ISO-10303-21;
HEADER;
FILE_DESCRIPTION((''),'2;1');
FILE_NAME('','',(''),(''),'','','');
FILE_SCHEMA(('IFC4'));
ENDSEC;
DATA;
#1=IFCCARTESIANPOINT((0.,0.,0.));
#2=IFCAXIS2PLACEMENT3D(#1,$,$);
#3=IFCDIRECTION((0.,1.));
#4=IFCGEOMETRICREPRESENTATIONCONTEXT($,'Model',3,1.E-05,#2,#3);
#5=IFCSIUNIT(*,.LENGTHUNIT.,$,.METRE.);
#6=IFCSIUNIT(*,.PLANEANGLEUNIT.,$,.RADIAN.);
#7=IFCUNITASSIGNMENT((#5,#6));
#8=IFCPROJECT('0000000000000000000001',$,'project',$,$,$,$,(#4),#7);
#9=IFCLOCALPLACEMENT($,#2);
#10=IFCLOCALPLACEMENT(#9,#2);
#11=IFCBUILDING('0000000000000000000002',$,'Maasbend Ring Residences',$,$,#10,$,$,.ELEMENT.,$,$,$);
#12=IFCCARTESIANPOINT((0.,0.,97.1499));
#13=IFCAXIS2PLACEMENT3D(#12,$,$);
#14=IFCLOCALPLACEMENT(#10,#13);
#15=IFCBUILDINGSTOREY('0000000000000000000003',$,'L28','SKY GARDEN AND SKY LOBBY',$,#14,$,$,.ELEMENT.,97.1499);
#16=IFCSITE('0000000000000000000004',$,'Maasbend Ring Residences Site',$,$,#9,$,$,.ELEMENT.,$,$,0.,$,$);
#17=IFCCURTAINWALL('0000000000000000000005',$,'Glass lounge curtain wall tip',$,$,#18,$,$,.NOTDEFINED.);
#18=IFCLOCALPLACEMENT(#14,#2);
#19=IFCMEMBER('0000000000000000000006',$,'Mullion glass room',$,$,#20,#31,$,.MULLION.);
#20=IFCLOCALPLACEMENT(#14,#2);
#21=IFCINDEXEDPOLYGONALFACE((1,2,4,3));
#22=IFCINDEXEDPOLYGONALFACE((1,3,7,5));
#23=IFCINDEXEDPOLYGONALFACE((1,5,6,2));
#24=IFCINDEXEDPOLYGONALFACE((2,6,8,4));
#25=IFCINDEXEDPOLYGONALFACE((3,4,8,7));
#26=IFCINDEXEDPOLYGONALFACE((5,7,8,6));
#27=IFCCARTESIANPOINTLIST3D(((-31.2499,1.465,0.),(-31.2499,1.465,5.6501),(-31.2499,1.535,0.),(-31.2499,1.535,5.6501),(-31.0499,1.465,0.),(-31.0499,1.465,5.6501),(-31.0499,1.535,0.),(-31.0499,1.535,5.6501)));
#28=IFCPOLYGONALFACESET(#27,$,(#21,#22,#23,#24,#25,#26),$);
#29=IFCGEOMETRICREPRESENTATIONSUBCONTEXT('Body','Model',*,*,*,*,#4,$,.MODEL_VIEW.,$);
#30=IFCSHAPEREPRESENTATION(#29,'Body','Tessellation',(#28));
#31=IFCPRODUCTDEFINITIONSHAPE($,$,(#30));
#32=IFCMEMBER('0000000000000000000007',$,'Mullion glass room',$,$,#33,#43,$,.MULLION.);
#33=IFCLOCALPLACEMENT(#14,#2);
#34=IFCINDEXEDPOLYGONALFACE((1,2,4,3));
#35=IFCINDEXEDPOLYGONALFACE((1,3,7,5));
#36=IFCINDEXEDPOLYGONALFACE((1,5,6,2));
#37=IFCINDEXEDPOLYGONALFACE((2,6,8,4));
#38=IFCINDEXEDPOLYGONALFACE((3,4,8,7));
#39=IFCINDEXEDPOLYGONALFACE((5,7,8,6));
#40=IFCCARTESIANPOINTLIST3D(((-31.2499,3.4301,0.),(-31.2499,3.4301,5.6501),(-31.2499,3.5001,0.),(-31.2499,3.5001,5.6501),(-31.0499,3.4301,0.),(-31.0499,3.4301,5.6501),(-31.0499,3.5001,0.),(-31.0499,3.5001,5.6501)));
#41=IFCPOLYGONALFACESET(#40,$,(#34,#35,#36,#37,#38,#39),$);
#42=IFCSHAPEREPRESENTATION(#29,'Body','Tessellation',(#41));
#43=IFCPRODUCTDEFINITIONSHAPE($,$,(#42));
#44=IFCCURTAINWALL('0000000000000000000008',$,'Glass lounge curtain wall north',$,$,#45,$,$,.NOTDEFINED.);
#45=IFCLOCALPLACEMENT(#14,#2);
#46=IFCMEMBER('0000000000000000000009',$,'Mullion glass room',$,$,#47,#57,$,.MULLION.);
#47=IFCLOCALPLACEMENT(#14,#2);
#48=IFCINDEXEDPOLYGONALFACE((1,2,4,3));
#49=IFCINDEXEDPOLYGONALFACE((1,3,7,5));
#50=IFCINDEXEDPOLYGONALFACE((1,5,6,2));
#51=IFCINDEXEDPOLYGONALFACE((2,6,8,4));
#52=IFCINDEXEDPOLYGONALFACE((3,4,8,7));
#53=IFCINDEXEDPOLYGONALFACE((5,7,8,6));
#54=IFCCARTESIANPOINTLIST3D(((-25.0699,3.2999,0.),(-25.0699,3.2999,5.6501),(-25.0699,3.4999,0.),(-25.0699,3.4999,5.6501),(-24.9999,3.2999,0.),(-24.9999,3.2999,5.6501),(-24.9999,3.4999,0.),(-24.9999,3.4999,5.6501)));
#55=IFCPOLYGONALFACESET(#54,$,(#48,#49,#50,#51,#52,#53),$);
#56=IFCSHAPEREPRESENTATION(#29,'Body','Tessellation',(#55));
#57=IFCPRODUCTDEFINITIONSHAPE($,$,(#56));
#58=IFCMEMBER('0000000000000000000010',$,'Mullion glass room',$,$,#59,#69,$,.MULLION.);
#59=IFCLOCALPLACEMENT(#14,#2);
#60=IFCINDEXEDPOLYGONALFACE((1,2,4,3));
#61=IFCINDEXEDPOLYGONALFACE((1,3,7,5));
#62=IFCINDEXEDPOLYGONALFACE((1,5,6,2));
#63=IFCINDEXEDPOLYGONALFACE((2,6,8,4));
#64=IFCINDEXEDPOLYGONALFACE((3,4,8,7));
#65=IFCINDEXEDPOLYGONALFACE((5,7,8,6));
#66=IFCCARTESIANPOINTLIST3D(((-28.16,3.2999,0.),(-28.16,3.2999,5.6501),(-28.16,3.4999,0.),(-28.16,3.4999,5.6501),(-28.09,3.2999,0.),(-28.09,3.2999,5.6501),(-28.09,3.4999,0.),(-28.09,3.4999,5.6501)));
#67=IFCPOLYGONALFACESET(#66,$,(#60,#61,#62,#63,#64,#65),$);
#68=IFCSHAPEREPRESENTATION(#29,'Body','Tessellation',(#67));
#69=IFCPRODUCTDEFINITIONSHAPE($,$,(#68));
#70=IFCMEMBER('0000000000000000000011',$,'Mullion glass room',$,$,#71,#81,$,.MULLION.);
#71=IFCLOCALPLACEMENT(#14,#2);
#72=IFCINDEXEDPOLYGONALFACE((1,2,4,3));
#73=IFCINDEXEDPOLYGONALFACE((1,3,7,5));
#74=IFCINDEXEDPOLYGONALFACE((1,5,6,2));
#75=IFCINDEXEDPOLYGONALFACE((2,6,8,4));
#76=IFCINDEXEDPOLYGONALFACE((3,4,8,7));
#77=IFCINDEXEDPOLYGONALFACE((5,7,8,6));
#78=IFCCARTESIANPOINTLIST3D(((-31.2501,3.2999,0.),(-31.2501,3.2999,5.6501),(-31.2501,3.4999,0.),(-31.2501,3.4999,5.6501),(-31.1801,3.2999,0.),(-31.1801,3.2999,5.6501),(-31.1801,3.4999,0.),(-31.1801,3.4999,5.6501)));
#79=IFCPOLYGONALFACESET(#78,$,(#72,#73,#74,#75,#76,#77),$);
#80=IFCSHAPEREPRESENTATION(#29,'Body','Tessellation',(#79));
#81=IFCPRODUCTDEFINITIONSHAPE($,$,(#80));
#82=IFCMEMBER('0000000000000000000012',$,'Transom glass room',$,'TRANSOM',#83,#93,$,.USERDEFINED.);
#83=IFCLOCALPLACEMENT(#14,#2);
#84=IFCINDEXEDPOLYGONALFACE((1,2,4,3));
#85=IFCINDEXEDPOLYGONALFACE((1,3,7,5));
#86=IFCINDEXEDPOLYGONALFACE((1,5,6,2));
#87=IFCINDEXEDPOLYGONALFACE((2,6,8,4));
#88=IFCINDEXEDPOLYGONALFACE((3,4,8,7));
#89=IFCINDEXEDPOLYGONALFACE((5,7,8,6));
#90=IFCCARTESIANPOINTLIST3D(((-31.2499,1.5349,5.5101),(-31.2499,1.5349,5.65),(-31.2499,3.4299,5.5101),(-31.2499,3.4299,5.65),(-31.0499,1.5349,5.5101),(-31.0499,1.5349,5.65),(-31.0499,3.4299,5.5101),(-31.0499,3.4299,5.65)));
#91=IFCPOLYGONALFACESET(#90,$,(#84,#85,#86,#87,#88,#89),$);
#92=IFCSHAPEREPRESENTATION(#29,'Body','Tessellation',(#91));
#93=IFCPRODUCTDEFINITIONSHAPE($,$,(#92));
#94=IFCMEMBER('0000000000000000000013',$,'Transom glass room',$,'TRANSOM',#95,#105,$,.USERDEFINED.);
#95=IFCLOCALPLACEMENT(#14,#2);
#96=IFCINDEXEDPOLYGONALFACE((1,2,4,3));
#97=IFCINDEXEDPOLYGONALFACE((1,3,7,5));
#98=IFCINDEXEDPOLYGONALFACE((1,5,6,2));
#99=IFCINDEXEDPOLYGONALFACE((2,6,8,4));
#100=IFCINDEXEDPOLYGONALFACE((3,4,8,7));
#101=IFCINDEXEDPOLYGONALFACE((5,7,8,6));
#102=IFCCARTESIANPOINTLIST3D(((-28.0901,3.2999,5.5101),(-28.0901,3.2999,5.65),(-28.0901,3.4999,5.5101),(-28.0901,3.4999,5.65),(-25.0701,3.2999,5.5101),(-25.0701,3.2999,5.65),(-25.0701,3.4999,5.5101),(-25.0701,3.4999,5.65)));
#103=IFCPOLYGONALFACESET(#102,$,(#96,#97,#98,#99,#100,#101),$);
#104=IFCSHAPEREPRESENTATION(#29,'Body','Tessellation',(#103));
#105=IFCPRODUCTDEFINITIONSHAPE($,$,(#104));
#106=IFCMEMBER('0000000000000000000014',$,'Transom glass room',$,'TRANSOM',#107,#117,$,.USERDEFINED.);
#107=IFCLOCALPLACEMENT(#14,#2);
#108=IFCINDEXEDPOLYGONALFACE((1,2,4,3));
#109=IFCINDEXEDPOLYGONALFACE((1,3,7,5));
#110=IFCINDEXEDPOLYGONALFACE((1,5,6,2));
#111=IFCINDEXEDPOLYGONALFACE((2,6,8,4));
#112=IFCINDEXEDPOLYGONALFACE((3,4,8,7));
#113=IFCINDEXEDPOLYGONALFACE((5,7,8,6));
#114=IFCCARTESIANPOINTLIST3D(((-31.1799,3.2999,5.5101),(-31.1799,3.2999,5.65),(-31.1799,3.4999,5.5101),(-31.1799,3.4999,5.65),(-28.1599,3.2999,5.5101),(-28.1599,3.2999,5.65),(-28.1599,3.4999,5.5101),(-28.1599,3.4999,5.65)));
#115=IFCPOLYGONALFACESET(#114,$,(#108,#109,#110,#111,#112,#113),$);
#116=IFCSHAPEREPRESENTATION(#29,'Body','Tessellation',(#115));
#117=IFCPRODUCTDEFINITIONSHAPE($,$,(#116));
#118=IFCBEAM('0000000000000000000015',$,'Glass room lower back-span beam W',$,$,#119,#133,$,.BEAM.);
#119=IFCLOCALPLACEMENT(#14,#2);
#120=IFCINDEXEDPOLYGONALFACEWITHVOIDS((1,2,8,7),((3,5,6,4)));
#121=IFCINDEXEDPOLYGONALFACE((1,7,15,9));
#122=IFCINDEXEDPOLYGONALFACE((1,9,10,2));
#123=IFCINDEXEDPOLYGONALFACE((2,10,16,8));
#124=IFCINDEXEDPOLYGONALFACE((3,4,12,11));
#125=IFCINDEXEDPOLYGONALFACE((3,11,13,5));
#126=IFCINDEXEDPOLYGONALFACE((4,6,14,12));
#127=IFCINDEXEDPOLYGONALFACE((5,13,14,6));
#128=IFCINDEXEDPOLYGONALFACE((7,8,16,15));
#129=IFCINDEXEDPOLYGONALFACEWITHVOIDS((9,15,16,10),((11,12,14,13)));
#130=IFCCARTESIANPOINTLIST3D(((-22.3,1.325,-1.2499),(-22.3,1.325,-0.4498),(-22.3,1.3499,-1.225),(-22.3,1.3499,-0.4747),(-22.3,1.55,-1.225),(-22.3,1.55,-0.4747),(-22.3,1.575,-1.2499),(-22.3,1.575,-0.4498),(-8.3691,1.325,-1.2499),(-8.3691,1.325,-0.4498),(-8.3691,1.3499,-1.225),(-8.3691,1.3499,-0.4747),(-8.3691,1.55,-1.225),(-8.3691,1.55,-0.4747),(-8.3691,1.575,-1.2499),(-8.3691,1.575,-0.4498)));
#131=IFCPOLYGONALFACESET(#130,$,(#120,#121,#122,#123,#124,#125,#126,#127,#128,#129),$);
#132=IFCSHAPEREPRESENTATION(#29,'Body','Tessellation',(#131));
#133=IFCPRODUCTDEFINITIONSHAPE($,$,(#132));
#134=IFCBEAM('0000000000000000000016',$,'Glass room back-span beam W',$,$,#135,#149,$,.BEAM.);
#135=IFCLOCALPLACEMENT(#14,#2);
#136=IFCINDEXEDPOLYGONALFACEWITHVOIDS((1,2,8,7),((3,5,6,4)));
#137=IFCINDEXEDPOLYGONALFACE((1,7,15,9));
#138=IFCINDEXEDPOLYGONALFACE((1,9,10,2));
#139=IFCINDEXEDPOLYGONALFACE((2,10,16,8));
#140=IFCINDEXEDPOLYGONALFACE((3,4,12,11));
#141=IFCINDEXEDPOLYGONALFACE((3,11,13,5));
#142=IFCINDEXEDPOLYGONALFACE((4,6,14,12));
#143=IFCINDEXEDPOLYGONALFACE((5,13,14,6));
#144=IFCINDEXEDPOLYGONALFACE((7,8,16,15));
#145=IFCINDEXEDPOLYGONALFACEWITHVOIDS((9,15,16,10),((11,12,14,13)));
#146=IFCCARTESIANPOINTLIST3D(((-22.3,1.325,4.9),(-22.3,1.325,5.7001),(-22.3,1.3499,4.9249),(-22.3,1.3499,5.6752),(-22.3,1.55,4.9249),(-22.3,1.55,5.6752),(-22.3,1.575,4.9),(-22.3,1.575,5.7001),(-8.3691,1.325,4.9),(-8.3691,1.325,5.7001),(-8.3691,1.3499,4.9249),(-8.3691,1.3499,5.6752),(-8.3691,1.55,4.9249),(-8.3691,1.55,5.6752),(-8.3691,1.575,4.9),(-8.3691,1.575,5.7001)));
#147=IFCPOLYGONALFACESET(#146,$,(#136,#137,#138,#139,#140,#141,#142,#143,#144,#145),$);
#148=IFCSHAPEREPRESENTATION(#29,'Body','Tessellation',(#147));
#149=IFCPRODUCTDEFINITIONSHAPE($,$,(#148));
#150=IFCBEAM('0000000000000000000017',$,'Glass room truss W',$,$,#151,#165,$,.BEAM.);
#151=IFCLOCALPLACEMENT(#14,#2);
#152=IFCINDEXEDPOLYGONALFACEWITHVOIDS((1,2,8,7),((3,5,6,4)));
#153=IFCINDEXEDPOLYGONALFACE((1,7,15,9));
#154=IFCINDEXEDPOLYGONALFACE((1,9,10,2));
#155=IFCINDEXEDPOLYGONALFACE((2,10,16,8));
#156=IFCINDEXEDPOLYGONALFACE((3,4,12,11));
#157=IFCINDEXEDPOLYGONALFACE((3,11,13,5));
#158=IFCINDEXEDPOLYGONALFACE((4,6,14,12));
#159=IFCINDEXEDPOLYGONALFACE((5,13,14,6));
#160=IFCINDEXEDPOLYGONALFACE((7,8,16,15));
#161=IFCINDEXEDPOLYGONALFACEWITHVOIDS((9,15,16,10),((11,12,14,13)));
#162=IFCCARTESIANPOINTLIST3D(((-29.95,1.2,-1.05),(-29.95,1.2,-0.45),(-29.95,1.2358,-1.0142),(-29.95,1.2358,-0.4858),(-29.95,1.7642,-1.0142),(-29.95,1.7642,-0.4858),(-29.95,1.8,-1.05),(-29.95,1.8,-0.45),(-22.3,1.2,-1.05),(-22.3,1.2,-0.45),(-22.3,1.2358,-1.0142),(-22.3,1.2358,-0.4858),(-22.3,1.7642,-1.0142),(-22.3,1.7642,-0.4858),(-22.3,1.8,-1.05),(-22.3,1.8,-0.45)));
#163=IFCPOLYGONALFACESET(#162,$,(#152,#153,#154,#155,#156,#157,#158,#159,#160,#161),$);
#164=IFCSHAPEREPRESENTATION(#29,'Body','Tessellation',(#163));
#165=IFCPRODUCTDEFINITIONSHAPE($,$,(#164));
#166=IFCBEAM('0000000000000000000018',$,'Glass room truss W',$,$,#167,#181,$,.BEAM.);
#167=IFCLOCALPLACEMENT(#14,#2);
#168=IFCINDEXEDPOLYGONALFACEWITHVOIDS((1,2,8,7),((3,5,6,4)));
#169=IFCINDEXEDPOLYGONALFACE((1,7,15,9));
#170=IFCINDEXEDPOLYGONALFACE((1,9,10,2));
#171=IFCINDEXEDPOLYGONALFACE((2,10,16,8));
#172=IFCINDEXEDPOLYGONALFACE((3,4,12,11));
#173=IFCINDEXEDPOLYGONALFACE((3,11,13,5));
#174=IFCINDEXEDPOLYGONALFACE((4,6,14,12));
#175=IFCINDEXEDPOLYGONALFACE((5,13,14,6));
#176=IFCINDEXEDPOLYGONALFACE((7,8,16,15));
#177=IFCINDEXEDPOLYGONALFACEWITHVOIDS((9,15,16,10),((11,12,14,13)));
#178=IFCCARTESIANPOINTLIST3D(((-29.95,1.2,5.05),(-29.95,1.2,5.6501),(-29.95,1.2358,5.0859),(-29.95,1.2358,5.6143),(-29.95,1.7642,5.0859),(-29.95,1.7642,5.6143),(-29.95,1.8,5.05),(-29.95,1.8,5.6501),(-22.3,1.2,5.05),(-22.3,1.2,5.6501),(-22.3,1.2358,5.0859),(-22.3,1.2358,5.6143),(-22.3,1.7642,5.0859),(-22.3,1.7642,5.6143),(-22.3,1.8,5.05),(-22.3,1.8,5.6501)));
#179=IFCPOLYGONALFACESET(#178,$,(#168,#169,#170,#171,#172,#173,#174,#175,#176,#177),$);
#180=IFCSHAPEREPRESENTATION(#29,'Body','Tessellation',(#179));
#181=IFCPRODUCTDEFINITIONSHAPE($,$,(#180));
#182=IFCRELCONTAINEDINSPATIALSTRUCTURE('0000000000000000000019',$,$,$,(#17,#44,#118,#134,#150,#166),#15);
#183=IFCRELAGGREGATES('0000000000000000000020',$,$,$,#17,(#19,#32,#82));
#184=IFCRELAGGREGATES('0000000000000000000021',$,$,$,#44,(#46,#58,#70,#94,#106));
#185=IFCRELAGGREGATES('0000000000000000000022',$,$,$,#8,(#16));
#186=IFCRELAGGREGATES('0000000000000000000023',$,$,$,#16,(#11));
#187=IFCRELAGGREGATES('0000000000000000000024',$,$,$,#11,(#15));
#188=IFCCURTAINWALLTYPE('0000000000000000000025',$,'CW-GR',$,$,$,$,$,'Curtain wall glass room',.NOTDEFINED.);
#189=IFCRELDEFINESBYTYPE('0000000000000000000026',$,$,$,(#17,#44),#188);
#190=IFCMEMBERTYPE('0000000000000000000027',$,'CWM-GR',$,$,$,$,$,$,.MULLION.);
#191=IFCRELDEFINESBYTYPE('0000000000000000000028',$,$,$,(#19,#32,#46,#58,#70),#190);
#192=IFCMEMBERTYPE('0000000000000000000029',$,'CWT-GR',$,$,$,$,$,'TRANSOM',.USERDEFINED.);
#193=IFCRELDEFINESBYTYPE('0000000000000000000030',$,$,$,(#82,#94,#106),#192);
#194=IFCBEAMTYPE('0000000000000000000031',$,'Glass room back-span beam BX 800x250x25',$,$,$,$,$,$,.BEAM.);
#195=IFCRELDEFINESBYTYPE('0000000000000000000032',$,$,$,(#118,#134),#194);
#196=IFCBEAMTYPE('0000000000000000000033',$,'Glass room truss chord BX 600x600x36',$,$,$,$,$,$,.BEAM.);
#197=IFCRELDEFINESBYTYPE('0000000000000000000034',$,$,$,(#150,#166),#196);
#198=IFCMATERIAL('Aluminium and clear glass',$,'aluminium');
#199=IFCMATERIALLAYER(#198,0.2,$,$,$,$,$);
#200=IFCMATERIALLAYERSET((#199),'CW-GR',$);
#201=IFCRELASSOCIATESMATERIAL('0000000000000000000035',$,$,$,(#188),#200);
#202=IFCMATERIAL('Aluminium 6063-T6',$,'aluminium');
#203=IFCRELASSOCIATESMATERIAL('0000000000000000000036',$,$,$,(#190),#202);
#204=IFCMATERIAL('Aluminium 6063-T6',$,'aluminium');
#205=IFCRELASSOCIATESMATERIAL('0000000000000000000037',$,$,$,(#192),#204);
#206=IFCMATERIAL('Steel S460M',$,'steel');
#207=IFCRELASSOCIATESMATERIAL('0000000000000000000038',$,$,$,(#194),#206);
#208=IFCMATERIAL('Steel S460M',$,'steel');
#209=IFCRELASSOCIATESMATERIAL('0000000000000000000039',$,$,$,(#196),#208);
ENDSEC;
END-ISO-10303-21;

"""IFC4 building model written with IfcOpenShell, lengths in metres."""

from ifc_helpers import new_model, si_unit, direction, frame, origin, origin_2d, place, context, subcontext, project, spatial, rectangle, hollow_rectangle, extrude, material, layer, layer_set, material_profile, profile_set, type_object, element, aggregate, save


model = new_model("IFC4")

# Units and contexts
model_context = context("Model", 3, precision=1e-05, world=origin(), true_north=direction((0.0, 1.0)))
body_context = subcontext(model_context, "Body", "Model", "MODEL_VIEW")
ifc_project = project(units=[si_unit("LENGTHUNIT", "METRE"), si_unit("PLANEANGLEUNIT", "RADIAN")], contexts=[model_context])

# Site, building, storey
site_placement = place(None, origin())
site = spatial("IfcSite", under=ifc_project, at=site_placement, Name="Maasbend Ring Residences Site", CompositionType="ELEMENT", RefElevation=0.0)
building_placement = place(site_placement, origin())
building = spatial("IfcBuilding", under=site, at=building_placement, Name="Maasbend Ring Residences", CompositionType="ELEMENT")
storey_placement = place(building_placement, frame((0.0, 0.0, 97.1499)))
storey = spatial("IfcBuildingStorey", under=building, at=storey_placement, Name="L28", Description="SKY GARDEN AND SKY LOBBY", CompositionType="ELEMENT", Elevation=97.1499)

# Curtain walls, members
ifc_material_1 = material(Name="Aluminium and clear glass", Category="aluminium")
ifc_layer_1 = layer(ifc_material_1, 0.2)
ifc_layer_set_1 = layer_set([ifc_layer_1], Name="CW-GR")
curtain_wall_type = type_object("IfcCurtainWallType", Name="CW-GR", ElementType="Curtain wall glass room", PredefinedType="NOTDEFINED", material=ifc_layer_set_1)
curtain_wall_1_placement = place(storey_placement, origin())
curtain_wall_1 = element("IfcCurtainWall", 1, at=curtain_wall_1_placement, inside=storey, type_object=curtain_wall_type, Name="Glass lounge curtain wall tip", PredefinedType="NOTDEFINED")
ifc_material_2 = material(Name="Aluminium 6063-T6", Category="aluminium")
ifc_material_profile_1 = material_profile(ifc_material_2, rectangle(XDim=0.2, YDim=0.0701, at=origin_2d()), Name="AL 200x70")
ifc_profile_set_1 = profile_set([ifc_material_profile_1], Name="Aluminium 6063-T6")
member_type_1 = type_object("IfcMemberType", Name="CWM-GR", PredefinedType="MULLION", material=ifc_profile_set_1)
member_1_placement = place(storey_placement, frame((-31.1499, 1.5, 0.0), z_axis=(0.0, 0.0, 1.0), x_axis=(-1.0, 0.0, 0.0)))
member_1 = element("IfcMember", 2, at=member_1_placement, type_object=member_type_1, Name="Mullion glass room", PredefinedType="MULLION", context=body_context, shape_type="SweptSolid", body=[
    extrude(rectangle(XDim=0.2, YDim=0.0701, at=origin_2d()), origin(), (0.0, 0.0, 1.0), 5.6501),
])
member_2_placement = place(storey_placement, frame((-31.1499, 3.4651, 0.0), z_axis=(0.0, 0.0, 1.0), x_axis=(-1.0, 0.0, 0.0)))
member_2 = element("IfcMember", 3, at=member_2_placement, type_object=member_type_1, Name="Mullion glass room", PredefinedType="MULLION", context=body_context, shape_type="SweptSolid", body=[
    extrude(rectangle(XDim=0.2, YDim=0.0701, at=origin_2d()), origin(), (0.0, 0.0, 1.0), 5.6501),
])
curtain_wall_2_placement = place(storey_placement, origin())
curtain_wall_2 = element("IfcCurtainWall", 4, at=curtain_wall_2_placement, inside=storey, type_object=curtain_wall_type, Name="Glass lounge curtain wall north", PredefinedType="NOTDEFINED")
member_3_placement = place(storey_placement, frame((-25.0349, 3.3999, 0.0), z_axis=(0.0, 0.0, 1.0), x_axis=(0.0, -1.0, 0.0)))
member_3 = element("IfcMember", 5, at=member_3_placement, type_object=member_type_1, Name="Mullion glass room", PredefinedType="MULLION", context=body_context, shape_type="SweptSolid", body=[
    extrude(rectangle(XDim=0.2, YDim=0.0701, at=origin_2d()), origin(), (0.0, 0.0, 1.0), 5.6501),
])
member_4_placement = place(storey_placement, frame((-28.125, 3.3999, 0.0), z_axis=(0.0, 0.0, 1.0), x_axis=(0.0, -1.0, 0.0)))
member_4 = element("IfcMember", 6, at=member_4_placement, type_object=member_type_1, Name="Mullion glass room", PredefinedType="MULLION", context=body_context, shape_type="SweptSolid", body=[
    extrude(rectangle(XDim=0.2, YDim=0.0701, at=origin_2d()), origin(), (0.0, 0.0, 1.0), 5.6501),
])
member_5_placement = place(storey_placement, frame((-31.2151, 3.3999, 0.0), z_axis=(0.0, 0.0, 1.0), x_axis=(0.0, -1.0, 0.0)))
member_5 = element("IfcMember", 7, at=member_5_placement, type_object=member_type_1, Name="Mullion glass room", PredefinedType="MULLION", context=body_context, shape_type="SweptSolid", body=[
    extrude(rectangle(XDim=0.2, YDim=0.0701, at=origin_2d()), origin(), (0.0, 0.0, 1.0), 5.6501),
])

# Members
ifc_material_3 = material(Name="Aluminium 6063-T6", Category="aluminium")
ifc_material_profile_2 = material_profile(ifc_material_3, rectangle(XDim=0.2, YDim=0.1399, at=origin_2d()), Name="AL 200x140")
ifc_profile_set_2 = profile_set([ifc_material_profile_2], Name="Aluminium 6063-T6")
member_type_2 = type_object("IfcMemberType", Name="CWT-GR", ElementType="TRANSOM", PredefinedType="USERDEFINED", material=ifc_profile_set_2)
member_6_placement = place(storey_placement, frame((-31.1499, 1.5349, 5.5801), z_axis=(0.0, 1.0, 0.0), x_axis=(-1.0, 0.0, 0.0)))
member_6 = element("IfcMember", 8, at=member_6_placement, type_object=member_type_2, Name="Transom glass room", ObjectType="TRANSOM", PredefinedType="USERDEFINED", context=body_context, shape_type="SweptSolid", body=[
    extrude(rectangle(XDim=0.2, YDim=0.1399, at=origin_2d()), origin(), (0.0, 0.0, 1.0), 1.895),
])
member_7_placement = place(storey_placement, frame((-25.0701, 3.3999, 5.5801), z_axis=(-1.0, 0.0, 0.0), x_axis=(0.0, -1.0, 0.0)))
member_7 = element("IfcMember", 9, at=member_7_placement, type_object=member_type_2, Name="Transom glass room", ObjectType="TRANSOM", PredefinedType="USERDEFINED", context=body_context, shape_type="SweptSolid", body=[
    extrude(rectangle(XDim=0.2, YDim=0.1399, at=origin_2d()), origin(), (0.0, 0.0, 1.0), 3.02),
])
member_8_placement = place(storey_placement, frame((-28.1599, 3.3999, 5.5801), z_axis=(-1.0, 0.0, 0.0), x_axis=(0.0, -1.0, 0.0)))
member_8 = element("IfcMember", 10, at=member_8_placement, type_object=member_type_2, Name="Transom glass room", ObjectType="TRANSOM", PredefinedType="USERDEFINED", context=body_context, shape_type="SweptSolid", body=[
    extrude(rectangle(XDim=0.2, YDim=0.1399, at=origin_2d()), origin(), (0.0, 0.0, 1.0), 3.02),
])

# Beams
ifc_material_4 = material(Name="Steel S460M", Category="steel")
ifc_material_profile_3 = material_profile(ifc_material_4, hollow_rectangle(XDim=0.25, YDim=0.8, WallThickness=0.0249, at=origin_2d()), Name="Glass room back-span beam BX 800x250x25")
ifc_profile_set_3 = profile_set([ifc_material_profile_3], Name="Steel S460M")
beam_type_1 = type_object("IfcBeamType", Name="Glass room back-span beam BX 800x250x25", PredefinedType="BEAM", material=ifc_profile_set_3)
for number, where, z_axis, x_axis, name in (
    (11, (-22.3, 1.45, -0.8499), (1.0, 0.0, 0.0), (0.0, 1.0, 0.0), "Glass room lower back-span beam W"),
    (12, (-22.3, 1.45, 5.3), (1.0, 0.0, 0.0), (0.0, 1.0, 0.0), "Glass room back-span beam W"),
):
    element("IfcBeam", number, at=place(storey_placement, frame(where, z_axis=z_axis, x_axis=x_axis)), inside=storey, type_object=beam_type_1, Name=name, PredefinedType="BEAM", context=body_context, shape_type="SweptSolid", body=[
        extrude(hollow_rectangle(XDim=0.25, YDim=0.8, WallThickness=0.0249, at=origin_2d()), origin(), (0.0, 0.0, 1.0), 13.9309),
    ])
ifc_material_5 = material(Name="Steel S460M", Category="steel")
ifc_material_profile_4 = material_profile(ifc_material_5, hollow_rectangle(XDim=0.6001, YDim=0.6001, WallThickness=0.0359, at=origin_2d()), Name="Glass room truss chord BX 600x600x36")
ifc_profile_set_4 = profile_set([ifc_material_profile_4], Name="Steel S460M")
beam_type_2 = type_object("IfcBeamType", Name="Glass room truss chord BX 600x600x36", PredefinedType="BEAM", material=ifc_profile_set_4)
for number, where, z_axis, x_axis, name in (
    (13, (-22.3, 1.5, -0.75), (-1.0, 0.0, 0.0), (0.0, -1.0, 0.0), "Glass room truss W"),
    (14, (-22.3, 1.5, 5.3501), (-1.0, 0.0, 0.0), (0.0, -1.0, 0.0), "Glass room truss W"),
):
    element("IfcBeam", number, at=place(storey_placement, frame(where, z_axis=z_axis, x_axis=x_axis)), inside=storey, type_object=beam_type_2, Name=name, PredefinedType="BEAM", context=body_context, shape_type="SweptSolid", body=[
        extrude(hollow_rectangle(XDim=0.6001, YDim=0.6001, WallThickness=0.0359, at=origin_2d()), origin(), (0.0, 0.0, 1.0), 7.6499),
    ])

aggregate(curtain_wall_1, [member_1, member_2, member_6])
aggregate(curtain_wall_2, [member_3, member_4, member_5, member_7, member_8])

save(model, "model.ifc")
